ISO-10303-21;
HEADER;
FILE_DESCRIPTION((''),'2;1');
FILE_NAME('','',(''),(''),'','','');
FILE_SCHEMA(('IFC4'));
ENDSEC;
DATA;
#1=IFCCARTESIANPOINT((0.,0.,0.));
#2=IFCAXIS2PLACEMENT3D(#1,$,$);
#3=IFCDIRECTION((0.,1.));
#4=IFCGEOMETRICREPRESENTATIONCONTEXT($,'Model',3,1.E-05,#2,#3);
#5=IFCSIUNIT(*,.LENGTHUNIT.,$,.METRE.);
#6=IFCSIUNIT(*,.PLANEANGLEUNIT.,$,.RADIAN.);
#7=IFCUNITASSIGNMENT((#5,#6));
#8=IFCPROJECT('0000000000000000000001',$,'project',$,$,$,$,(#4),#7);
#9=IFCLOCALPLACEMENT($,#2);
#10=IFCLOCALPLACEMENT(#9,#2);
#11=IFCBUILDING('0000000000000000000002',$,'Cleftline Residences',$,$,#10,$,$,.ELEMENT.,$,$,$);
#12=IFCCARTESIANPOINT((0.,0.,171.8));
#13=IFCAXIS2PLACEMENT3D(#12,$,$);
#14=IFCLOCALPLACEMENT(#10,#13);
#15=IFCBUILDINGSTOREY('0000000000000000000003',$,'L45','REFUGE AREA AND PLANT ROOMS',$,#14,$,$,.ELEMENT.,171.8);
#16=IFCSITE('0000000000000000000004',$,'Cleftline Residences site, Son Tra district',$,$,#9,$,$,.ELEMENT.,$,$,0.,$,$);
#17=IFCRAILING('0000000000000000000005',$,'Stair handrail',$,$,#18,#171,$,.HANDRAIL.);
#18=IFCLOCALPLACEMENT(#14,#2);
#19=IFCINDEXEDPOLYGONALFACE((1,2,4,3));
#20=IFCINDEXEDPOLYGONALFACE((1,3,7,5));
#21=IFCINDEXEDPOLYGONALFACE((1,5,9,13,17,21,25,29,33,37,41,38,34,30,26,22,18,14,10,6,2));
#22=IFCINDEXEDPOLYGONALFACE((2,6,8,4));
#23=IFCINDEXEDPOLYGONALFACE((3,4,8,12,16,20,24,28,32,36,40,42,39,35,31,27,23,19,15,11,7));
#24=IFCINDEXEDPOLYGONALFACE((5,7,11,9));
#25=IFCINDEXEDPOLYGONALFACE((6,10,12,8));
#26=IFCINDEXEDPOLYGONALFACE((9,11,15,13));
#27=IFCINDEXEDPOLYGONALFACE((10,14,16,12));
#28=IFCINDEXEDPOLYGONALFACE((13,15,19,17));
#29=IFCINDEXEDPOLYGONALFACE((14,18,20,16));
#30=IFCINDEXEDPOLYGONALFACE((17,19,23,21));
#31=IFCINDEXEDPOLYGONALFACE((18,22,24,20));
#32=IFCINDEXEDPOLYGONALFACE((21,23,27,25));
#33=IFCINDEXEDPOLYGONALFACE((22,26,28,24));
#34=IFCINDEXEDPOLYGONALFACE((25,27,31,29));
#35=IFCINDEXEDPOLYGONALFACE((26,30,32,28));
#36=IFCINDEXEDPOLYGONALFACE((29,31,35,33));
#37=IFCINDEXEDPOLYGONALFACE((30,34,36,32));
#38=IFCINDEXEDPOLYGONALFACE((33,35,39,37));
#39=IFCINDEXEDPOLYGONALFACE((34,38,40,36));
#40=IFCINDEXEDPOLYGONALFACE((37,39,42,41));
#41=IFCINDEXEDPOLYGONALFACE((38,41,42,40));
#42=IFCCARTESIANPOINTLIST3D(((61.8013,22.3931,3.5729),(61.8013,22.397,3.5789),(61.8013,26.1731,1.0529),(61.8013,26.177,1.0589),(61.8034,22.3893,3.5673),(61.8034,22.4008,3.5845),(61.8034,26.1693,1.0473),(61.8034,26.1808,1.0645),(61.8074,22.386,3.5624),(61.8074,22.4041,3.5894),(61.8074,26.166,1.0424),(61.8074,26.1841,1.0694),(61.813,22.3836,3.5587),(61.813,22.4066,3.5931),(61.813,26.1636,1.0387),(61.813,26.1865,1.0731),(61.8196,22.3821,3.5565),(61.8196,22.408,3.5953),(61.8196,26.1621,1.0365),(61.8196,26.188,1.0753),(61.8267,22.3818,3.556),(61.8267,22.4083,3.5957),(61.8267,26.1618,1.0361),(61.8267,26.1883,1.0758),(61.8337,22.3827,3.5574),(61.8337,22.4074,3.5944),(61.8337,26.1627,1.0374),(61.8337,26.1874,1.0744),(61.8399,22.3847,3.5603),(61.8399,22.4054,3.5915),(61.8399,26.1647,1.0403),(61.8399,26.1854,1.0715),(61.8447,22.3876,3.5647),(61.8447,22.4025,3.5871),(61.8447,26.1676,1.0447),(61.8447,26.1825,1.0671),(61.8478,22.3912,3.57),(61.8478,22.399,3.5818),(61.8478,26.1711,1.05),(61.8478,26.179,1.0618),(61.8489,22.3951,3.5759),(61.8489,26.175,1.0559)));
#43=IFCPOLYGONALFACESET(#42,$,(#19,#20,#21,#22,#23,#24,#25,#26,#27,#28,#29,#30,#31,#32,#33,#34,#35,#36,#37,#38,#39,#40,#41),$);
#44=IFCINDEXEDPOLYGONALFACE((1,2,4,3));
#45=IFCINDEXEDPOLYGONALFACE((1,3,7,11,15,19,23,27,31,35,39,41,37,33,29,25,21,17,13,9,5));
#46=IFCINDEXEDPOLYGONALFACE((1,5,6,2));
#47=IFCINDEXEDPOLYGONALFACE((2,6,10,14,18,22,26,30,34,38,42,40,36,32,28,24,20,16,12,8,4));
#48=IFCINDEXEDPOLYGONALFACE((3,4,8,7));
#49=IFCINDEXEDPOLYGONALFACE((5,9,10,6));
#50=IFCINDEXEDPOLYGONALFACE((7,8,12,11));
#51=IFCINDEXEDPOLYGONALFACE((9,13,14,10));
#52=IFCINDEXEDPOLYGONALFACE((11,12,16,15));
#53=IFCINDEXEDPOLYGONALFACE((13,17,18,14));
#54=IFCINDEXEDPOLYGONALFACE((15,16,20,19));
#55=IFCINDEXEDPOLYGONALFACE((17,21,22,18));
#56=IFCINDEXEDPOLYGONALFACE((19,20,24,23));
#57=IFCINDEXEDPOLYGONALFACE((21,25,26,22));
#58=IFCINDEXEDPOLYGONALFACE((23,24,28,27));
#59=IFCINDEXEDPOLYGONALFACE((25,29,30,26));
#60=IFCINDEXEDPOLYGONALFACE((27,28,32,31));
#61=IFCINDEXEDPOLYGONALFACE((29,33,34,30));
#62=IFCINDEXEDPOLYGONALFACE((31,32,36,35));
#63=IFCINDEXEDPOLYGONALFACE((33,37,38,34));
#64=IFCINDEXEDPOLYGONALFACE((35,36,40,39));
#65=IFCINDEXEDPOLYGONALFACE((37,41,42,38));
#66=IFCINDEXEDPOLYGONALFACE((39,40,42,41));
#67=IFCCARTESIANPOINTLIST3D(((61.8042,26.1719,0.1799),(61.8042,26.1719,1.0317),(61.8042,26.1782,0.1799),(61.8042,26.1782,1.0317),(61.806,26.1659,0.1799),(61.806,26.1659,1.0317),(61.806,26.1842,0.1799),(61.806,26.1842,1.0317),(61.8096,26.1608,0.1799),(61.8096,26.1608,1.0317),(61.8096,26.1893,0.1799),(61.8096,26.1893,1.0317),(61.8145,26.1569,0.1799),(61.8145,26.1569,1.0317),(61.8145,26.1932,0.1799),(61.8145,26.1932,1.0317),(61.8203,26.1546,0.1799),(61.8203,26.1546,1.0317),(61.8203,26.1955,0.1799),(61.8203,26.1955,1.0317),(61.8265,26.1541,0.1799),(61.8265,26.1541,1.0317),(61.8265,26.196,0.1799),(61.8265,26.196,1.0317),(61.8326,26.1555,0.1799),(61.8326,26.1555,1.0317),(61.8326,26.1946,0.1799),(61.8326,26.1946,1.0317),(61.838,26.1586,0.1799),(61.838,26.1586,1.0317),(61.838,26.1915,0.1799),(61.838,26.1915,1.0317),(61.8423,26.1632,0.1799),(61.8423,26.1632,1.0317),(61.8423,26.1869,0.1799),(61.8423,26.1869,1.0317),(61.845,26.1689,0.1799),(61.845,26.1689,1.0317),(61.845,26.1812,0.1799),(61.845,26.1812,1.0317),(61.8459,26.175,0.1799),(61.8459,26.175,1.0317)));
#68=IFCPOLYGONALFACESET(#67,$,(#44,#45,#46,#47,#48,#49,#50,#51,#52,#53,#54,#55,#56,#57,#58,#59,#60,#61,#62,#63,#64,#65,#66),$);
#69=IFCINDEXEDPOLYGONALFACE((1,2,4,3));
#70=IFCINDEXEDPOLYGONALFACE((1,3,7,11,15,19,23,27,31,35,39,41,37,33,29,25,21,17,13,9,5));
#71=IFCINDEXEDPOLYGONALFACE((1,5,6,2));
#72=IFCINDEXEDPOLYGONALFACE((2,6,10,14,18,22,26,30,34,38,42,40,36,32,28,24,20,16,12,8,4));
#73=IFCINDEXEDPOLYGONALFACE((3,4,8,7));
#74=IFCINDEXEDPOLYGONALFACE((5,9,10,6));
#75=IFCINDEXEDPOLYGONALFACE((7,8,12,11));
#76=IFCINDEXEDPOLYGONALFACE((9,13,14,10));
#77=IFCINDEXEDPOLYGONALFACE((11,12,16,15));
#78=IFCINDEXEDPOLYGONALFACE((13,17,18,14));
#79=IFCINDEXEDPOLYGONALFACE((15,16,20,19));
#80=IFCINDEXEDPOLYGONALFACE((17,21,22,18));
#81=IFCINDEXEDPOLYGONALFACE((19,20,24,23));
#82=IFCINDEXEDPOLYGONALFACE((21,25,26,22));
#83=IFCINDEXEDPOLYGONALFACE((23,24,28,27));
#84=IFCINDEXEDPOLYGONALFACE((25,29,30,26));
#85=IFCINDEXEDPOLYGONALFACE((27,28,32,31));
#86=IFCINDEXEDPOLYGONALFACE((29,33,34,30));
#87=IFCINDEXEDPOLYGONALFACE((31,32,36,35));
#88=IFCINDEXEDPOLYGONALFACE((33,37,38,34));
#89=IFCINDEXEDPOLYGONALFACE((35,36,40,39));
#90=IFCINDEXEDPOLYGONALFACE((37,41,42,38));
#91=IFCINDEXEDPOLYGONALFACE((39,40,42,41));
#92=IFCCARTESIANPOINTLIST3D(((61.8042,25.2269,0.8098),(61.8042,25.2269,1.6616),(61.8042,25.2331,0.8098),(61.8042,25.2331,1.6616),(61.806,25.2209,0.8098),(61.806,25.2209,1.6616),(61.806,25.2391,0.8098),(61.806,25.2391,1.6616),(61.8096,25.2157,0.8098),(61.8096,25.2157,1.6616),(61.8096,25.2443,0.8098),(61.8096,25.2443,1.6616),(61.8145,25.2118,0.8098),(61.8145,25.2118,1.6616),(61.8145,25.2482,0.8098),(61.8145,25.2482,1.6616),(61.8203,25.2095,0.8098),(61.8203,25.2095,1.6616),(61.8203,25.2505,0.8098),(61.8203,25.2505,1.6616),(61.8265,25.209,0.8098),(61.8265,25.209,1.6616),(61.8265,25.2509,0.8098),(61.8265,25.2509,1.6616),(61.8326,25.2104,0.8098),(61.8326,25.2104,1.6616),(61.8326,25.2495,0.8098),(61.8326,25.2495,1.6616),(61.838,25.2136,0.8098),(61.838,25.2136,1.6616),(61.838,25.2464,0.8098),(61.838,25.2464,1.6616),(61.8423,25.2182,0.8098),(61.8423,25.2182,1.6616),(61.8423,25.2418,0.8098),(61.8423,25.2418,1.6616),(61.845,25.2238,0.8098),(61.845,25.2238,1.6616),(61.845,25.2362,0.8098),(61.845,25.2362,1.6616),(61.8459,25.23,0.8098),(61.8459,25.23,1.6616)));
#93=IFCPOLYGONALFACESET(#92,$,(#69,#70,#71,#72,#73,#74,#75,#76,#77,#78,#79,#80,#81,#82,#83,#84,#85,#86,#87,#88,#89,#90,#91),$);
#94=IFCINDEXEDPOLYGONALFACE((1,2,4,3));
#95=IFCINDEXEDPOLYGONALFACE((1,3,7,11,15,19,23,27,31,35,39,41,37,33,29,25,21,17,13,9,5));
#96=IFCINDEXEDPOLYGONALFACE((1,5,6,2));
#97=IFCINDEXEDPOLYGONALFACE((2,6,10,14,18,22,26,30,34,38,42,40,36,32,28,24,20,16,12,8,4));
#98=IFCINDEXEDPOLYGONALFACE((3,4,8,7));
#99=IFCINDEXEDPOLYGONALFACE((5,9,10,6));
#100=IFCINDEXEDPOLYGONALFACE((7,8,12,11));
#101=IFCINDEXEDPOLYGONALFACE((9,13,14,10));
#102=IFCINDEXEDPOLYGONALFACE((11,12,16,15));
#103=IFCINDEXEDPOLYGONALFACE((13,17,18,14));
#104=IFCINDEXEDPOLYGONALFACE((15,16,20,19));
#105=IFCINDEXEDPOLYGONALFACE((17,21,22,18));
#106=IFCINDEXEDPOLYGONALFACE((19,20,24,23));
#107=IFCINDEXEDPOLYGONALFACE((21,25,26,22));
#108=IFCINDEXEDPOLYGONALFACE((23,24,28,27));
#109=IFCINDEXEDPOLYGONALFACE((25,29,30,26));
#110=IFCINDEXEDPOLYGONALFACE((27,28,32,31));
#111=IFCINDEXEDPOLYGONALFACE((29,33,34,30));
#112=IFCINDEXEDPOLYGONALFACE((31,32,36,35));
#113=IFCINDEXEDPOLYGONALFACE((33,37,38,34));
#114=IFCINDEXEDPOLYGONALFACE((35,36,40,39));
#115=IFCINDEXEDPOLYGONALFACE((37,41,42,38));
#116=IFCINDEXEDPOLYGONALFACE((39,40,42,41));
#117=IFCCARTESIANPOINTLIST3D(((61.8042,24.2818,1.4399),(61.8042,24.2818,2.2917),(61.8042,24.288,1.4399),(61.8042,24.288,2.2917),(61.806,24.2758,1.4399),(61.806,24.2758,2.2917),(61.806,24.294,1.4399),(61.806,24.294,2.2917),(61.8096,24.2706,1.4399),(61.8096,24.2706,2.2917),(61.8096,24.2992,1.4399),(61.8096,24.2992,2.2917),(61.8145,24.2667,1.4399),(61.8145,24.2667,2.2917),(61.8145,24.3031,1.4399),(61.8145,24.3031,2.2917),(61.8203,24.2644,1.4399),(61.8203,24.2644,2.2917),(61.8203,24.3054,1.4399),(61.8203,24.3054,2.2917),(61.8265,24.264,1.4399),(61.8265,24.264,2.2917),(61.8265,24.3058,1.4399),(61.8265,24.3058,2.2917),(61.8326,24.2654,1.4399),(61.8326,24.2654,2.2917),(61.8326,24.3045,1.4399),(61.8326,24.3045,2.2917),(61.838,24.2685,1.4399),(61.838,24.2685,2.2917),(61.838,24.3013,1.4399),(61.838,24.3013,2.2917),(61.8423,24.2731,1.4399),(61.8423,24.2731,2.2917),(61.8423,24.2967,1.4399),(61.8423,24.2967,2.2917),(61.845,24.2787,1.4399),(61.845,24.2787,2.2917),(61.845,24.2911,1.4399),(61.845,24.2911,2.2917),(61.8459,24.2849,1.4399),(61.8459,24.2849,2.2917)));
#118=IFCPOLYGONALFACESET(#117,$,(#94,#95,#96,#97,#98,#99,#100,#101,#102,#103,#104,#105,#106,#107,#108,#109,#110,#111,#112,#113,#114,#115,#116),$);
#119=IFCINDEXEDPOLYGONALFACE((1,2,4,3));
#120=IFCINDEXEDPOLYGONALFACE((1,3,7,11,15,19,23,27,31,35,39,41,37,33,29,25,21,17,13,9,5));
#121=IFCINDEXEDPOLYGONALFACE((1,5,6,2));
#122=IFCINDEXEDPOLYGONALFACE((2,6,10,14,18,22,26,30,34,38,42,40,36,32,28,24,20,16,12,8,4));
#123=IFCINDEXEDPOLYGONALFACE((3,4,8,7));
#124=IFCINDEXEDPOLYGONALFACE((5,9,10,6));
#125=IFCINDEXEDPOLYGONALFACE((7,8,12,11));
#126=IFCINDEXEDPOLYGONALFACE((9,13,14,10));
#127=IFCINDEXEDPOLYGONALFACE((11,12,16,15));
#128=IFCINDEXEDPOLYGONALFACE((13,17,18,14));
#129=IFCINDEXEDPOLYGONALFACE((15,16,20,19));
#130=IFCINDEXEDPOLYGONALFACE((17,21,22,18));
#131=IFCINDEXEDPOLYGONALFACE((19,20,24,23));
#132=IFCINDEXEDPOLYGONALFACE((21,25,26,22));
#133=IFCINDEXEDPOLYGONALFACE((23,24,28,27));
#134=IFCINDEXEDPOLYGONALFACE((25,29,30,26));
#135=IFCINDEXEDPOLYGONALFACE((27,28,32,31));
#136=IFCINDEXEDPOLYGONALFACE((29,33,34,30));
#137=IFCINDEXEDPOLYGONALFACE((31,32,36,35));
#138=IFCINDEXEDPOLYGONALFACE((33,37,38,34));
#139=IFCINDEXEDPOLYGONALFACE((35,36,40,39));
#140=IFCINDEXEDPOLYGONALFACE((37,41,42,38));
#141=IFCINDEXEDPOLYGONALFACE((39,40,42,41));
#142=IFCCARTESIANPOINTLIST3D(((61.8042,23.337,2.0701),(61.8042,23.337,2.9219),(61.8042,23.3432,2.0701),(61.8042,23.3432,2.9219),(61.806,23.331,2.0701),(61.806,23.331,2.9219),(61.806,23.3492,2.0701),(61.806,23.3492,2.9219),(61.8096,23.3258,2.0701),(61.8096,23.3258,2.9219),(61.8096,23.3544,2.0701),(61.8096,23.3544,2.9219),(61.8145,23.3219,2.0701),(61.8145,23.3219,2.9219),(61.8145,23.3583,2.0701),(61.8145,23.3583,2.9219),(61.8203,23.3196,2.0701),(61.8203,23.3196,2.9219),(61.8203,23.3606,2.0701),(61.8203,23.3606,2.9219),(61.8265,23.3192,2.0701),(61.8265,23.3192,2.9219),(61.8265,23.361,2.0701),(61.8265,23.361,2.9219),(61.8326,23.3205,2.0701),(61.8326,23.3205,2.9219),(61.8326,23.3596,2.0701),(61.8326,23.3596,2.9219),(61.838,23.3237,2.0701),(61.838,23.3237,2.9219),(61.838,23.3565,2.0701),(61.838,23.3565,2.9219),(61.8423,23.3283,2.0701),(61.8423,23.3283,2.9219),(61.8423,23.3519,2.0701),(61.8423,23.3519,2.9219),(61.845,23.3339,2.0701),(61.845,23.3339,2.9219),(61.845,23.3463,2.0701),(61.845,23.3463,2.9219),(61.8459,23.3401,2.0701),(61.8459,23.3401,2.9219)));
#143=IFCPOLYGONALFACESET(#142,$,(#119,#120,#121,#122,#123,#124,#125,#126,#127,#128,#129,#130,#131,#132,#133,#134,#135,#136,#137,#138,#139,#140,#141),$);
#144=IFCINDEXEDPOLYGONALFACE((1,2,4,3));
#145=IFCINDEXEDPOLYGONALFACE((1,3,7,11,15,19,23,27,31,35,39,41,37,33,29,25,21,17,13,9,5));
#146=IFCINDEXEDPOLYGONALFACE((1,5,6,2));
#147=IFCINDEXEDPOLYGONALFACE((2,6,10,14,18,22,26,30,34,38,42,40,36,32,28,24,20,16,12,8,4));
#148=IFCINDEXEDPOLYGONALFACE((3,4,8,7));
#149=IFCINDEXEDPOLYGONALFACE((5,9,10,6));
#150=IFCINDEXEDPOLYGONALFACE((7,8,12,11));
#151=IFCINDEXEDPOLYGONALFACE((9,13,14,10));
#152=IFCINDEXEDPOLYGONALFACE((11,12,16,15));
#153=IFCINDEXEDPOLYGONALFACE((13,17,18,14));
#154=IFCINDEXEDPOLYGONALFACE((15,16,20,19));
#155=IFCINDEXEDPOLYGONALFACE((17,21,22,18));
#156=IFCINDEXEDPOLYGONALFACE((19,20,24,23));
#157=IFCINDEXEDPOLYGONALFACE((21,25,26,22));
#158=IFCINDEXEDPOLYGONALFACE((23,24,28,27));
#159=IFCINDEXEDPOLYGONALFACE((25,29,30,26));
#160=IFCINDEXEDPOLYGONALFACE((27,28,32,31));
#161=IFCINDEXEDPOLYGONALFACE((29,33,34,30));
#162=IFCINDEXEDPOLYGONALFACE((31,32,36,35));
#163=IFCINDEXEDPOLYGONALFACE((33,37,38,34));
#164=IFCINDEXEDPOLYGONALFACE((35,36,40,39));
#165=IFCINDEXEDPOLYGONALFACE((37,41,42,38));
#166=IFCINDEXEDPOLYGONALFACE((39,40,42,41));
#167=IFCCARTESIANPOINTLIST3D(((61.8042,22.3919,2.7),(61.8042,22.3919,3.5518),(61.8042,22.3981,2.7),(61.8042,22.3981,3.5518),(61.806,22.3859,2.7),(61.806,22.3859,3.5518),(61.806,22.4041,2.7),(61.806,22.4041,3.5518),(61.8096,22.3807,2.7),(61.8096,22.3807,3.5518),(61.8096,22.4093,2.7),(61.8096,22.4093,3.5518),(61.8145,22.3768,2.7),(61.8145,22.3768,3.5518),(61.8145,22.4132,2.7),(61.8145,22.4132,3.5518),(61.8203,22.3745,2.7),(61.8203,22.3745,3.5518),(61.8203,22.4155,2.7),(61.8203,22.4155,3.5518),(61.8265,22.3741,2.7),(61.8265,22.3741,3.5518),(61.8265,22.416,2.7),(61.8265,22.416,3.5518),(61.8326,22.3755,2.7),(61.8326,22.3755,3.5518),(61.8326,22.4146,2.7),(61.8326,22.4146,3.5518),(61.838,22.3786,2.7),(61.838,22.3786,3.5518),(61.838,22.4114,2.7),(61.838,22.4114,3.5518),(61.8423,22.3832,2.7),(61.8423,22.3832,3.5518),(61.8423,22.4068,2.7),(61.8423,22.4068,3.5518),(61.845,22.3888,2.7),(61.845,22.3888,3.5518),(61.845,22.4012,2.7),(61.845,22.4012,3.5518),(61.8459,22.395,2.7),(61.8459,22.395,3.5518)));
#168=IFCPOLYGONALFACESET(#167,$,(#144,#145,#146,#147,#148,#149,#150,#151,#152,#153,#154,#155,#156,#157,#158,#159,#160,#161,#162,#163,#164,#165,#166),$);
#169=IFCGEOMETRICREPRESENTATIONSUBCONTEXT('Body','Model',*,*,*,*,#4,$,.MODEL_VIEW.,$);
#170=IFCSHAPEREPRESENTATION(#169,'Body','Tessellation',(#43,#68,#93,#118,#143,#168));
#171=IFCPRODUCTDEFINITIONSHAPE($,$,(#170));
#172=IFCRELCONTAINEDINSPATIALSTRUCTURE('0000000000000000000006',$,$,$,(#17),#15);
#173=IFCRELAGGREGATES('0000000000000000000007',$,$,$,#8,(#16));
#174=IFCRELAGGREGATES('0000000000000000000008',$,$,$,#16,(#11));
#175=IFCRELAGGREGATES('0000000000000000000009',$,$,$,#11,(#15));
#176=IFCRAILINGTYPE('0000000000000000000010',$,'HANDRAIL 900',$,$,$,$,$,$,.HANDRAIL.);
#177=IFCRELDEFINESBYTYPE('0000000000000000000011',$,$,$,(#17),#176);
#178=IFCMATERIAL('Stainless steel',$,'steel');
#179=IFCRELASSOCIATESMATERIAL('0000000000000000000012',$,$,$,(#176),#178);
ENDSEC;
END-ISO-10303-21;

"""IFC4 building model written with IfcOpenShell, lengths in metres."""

from ifc_helpers import new_model, si_unit, direction, frame, origin, origin_2d, place, context, subcontext, project, spatial, circle, extrude, material, type_object, element, save


model = new_model("IFC4")

# Units and contexts
model_context = context("Model", 3, precision=1e-05, world=origin(), true_north=direction((0.0, 1.0)))
body_context = subcontext(model_context, "Body", "Model", "MODEL_VIEW")
ifc_project = project(units=[si_unit("LENGTHUNIT", "METRE"), si_unit("PLANEANGLEUNIT", "RADIAN")], contexts=[model_context])

# Site, building, storey
site_placement = place(None, origin())
site = spatial("IfcSite", under=ifc_project, at=site_placement, Name="Cleftline Residences site, Son Tra district", CompositionType="ELEMENT", RefElevation=0.0)
building_placement = place(site_placement, origin())
building = spatial("IfcBuilding", under=site, at=building_placement, Name="Cleftline Residences", CompositionType="ELEMENT")
storey_placement = place(building_placement, frame((0.0, 0.0, 171.8)))
storey = spatial("IfcBuildingStorey", under=building, at=storey_placement, Name="L45", Description="REFUGE AREA AND PLANT ROOMS", CompositionType="ELEMENT", Elevation=171.8)

# Railing
ifc_material_1 = material(Name="Stainless steel", Category="steel")
railing_type = type_object("IfcRailingType", Name="HANDRAIL 900", PredefinedType="HANDRAIL", material=ifc_material_1)
railing_placement = place(storey_placement, frame((61.825, 26.175, 0.1799)))
element("IfcRailing", 1, at=railing_placement, inside=storey, type_object=railing_type, Name="Stair handrail", PredefinedType="HANDRAIL", context=body_context, shape_type="SweptSolid", body=[
    extrude(circle(Radius=0.0239, at=origin_2d()), frame((0.0, 0.0, 0.876), z_axis=(0.0, -0.83205, 0.5547), x_axis=(1.0, 0.0, 0.0)), (0.0, 0.0, 1.0), 4.543),
    extrude(circle(Radius=0.021, at=origin_2d()), origin(), (0.0, 0.0, 1.0), 0.8518),
    extrude(circle(Radius=0.021, at=origin_2d()), frame((0.0, -0.9451, 0.6299)), (0.0, 0.0, 1.0), 0.8518),
    extrude(circle(Radius=0.021, at=origin_2d()), frame((0.0, -1.8901, 1.26)), (0.0, 0.0, 1.0), 0.8518),
    extrude(circle(Radius=0.021, at=origin_2d()), frame((0.0, -2.835, 1.8901)), (0.0, 0.0, 1.0), 0.8518),
    extrude(circle(Radius=0.021, at=origin_2d()), frame((0.0, -3.78, 2.52)), (0.0, 0.0, 1.0), 0.8518),
])

save(model, "model.ifc")
